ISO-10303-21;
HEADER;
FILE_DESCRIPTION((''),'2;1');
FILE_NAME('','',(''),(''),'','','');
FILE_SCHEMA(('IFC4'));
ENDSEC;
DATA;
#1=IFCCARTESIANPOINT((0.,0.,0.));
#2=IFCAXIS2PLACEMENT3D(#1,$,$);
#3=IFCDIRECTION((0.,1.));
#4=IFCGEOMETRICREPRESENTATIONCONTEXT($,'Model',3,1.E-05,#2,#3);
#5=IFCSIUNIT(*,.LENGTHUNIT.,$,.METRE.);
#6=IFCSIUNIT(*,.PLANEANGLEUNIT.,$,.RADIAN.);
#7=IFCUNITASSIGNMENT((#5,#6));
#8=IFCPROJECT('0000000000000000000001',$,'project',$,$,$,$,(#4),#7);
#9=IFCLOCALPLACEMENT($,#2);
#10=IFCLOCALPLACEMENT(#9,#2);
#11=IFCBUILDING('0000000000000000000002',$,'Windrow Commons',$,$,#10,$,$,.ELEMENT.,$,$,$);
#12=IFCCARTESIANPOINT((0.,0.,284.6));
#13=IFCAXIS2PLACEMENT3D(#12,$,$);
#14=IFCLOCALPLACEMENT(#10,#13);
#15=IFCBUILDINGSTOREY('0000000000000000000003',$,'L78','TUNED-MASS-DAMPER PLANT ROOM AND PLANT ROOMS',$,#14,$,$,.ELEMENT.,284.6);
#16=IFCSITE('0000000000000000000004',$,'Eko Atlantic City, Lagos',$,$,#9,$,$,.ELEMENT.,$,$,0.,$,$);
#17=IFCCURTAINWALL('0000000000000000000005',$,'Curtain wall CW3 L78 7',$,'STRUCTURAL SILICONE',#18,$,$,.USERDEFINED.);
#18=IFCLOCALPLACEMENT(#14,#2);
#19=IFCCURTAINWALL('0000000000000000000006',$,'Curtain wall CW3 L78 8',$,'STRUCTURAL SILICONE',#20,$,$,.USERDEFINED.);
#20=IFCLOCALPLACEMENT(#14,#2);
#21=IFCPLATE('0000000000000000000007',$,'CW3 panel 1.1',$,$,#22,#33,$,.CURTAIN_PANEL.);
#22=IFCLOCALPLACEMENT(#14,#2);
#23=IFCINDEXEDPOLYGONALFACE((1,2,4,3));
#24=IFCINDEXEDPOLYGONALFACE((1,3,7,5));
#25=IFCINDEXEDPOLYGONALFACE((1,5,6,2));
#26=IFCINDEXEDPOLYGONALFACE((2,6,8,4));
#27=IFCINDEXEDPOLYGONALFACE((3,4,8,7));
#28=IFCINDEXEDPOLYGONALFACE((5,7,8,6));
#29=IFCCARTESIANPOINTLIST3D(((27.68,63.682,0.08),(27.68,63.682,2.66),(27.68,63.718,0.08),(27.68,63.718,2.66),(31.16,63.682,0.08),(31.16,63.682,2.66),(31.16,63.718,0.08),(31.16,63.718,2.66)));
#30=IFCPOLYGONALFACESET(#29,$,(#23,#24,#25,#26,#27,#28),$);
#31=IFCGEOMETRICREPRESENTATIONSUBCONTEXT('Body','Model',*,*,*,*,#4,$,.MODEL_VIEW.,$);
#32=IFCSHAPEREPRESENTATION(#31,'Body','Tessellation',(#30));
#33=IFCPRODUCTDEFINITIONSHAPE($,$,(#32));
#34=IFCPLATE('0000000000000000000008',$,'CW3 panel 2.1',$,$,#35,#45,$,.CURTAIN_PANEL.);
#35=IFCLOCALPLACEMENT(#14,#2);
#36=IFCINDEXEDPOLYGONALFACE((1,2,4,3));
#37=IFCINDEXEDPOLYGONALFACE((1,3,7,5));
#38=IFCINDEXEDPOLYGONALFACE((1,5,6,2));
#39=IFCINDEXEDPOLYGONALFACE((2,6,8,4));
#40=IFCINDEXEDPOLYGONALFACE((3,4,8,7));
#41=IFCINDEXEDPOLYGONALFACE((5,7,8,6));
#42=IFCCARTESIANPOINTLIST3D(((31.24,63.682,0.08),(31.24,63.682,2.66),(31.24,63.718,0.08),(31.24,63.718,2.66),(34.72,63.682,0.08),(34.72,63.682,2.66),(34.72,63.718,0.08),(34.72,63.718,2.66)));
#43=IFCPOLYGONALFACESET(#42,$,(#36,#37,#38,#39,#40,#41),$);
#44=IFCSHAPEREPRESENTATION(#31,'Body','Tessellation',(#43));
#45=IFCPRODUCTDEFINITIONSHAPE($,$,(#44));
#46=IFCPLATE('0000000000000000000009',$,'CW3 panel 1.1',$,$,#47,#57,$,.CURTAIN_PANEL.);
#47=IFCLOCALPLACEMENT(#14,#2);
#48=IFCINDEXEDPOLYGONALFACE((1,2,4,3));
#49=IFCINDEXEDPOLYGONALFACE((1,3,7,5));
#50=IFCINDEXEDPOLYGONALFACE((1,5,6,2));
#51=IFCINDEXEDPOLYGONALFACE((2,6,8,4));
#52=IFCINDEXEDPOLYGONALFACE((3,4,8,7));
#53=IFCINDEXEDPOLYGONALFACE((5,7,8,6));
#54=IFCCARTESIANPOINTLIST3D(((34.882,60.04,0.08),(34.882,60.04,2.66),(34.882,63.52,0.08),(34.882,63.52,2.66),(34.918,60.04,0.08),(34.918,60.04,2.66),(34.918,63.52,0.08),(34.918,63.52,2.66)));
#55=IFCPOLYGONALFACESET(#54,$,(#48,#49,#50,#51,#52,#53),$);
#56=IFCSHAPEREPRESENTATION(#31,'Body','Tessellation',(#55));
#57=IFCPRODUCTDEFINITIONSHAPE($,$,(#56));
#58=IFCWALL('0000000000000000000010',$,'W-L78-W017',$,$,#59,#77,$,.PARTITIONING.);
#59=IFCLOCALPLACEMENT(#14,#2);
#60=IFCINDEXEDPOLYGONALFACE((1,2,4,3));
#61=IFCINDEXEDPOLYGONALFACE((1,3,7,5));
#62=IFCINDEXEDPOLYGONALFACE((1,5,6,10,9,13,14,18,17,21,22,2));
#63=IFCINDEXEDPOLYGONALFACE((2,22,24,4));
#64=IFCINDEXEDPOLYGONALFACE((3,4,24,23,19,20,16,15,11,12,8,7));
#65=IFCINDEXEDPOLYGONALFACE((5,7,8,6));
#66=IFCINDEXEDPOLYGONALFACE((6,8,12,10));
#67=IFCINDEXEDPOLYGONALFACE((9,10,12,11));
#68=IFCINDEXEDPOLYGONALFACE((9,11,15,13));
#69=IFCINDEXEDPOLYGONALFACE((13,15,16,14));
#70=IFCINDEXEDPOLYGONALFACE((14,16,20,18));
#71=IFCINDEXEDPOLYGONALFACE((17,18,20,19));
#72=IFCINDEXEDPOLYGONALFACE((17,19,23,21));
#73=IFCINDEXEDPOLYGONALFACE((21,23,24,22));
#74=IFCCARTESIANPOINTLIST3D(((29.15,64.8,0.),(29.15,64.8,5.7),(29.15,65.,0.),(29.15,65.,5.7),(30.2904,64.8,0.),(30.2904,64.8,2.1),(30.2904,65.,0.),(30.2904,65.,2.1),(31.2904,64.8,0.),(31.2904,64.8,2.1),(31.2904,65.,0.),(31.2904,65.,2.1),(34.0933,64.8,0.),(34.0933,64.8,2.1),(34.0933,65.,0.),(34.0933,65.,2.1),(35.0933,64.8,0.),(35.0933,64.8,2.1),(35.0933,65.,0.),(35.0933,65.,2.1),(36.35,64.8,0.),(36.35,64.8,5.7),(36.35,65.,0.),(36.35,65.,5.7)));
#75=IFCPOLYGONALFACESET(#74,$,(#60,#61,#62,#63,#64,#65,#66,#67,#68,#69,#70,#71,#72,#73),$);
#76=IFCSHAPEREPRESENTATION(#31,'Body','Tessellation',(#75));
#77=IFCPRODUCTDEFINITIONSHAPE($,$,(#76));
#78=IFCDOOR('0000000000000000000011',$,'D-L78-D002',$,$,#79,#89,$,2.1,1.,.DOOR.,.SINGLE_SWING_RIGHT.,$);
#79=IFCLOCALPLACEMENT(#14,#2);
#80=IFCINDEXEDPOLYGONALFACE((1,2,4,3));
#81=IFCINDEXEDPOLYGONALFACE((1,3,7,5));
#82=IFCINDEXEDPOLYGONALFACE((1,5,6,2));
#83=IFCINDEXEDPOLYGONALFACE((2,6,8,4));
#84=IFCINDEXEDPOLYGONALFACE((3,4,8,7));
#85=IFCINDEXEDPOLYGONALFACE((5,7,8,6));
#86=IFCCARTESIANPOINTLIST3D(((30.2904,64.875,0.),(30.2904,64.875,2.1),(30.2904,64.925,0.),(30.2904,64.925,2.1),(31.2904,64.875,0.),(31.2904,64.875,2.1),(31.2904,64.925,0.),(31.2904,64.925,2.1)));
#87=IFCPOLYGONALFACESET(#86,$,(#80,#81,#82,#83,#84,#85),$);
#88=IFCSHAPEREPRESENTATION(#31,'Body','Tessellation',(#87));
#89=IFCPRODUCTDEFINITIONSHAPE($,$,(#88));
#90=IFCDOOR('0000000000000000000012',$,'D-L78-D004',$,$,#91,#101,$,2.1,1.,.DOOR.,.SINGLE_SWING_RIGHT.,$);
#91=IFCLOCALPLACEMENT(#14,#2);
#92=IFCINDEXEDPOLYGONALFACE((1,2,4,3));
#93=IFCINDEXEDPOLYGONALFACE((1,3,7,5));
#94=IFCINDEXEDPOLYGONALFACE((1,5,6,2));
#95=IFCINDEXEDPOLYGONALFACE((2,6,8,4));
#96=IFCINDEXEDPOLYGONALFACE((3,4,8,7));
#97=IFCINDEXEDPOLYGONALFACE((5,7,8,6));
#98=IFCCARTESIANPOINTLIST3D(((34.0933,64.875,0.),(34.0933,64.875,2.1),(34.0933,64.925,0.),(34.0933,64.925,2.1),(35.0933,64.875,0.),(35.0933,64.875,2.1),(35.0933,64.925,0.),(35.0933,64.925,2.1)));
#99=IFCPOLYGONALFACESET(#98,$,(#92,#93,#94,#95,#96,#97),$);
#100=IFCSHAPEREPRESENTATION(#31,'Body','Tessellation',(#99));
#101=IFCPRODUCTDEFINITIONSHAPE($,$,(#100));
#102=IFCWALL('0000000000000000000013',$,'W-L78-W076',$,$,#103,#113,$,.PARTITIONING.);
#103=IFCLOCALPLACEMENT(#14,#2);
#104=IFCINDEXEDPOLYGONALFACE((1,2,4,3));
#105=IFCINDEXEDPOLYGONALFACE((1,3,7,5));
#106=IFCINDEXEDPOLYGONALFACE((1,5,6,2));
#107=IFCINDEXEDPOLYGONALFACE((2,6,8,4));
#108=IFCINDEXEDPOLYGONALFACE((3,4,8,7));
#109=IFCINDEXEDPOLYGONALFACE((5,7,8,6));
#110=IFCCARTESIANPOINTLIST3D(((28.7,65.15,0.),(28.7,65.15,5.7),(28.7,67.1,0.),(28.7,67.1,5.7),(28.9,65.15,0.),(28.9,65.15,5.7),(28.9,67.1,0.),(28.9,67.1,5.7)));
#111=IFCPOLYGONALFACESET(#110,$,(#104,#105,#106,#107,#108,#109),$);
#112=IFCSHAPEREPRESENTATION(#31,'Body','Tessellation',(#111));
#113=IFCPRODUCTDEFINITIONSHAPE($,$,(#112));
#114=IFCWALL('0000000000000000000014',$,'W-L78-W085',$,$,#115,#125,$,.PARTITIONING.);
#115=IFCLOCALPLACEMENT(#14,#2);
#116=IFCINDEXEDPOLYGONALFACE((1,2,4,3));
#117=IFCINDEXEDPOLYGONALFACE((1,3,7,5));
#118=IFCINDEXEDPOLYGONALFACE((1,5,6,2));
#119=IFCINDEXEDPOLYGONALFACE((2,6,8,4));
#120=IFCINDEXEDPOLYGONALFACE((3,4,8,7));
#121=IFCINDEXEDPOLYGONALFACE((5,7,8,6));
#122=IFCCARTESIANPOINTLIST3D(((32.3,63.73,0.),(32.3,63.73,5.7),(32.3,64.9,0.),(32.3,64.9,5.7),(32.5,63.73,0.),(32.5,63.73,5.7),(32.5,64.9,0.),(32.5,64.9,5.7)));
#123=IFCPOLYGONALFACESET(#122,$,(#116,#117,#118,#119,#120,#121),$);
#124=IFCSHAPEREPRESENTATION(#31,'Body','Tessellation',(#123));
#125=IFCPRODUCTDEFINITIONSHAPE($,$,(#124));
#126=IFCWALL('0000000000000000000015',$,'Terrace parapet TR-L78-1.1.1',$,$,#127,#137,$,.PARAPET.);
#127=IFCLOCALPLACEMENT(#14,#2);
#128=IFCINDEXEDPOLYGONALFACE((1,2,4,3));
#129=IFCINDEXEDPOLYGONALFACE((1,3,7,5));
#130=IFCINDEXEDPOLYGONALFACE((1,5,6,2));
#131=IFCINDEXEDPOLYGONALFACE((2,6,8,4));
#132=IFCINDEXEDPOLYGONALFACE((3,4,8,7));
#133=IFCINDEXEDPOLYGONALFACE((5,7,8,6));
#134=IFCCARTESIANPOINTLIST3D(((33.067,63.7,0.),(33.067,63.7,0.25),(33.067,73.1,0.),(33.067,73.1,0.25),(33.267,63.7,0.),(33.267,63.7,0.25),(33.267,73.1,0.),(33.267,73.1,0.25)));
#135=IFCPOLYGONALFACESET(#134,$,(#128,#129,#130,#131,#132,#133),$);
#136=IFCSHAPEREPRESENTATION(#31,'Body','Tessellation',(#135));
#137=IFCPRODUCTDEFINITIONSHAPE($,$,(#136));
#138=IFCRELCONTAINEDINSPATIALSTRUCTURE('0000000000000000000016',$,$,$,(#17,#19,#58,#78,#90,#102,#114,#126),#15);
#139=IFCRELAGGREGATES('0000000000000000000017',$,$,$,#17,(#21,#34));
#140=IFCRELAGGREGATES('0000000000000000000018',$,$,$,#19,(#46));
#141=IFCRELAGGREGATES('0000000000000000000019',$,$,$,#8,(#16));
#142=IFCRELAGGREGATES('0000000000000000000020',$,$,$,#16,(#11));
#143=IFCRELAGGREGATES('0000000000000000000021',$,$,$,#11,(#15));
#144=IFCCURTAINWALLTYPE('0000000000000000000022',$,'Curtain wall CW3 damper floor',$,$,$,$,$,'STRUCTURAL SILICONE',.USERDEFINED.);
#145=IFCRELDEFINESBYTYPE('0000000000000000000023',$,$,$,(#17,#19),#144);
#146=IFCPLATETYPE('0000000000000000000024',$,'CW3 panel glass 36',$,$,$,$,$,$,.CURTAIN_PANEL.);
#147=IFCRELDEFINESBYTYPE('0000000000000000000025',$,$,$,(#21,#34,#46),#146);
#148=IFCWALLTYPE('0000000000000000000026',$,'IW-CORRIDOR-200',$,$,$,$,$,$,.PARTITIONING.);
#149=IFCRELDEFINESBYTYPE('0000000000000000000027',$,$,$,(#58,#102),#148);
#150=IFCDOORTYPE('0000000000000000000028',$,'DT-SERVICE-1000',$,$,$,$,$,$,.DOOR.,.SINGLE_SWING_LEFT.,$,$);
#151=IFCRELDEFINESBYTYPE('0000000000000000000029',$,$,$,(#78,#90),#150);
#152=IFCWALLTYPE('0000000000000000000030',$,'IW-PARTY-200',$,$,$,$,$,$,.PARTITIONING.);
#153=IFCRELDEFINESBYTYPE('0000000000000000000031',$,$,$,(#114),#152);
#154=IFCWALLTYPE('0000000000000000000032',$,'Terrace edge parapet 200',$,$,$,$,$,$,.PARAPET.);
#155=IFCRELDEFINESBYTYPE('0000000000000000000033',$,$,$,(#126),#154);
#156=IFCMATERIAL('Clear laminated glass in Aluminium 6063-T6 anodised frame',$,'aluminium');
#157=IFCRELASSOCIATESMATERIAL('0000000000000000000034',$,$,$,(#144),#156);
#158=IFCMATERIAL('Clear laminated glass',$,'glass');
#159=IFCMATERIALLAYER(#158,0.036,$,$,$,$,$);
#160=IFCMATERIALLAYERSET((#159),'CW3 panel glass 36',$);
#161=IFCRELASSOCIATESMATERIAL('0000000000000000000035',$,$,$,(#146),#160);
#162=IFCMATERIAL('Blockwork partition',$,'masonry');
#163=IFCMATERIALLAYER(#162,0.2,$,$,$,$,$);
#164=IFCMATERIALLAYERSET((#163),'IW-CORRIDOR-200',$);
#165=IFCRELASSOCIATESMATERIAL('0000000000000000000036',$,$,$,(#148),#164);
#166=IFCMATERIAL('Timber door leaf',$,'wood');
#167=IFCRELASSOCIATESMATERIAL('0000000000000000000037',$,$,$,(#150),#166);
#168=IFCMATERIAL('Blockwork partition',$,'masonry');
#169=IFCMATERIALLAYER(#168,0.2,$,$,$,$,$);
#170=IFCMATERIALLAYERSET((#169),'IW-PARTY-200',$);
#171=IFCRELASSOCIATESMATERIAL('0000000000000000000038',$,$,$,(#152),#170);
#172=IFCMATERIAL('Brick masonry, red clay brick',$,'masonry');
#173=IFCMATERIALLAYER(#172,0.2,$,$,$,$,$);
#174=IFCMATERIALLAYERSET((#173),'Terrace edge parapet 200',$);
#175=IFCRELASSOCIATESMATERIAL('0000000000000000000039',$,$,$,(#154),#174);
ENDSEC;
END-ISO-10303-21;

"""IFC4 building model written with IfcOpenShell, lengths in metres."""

from ifc_helpers import new_model, si_unit, direction, frame, frame_2d, origin, origin_2d, place, context, subcontext, project, spatial, polyline, rectangle, outline, extrude, material, layer, layer_set, type_object, element, fill, aggregate, save


model = new_model("IFC4")

# Units and contexts
model_context = context("Model", 3, precision=1e-05, world=origin(), true_north=direction((0.0, 1.0)))
body_context = subcontext(model_context, "Body", "Model", "MODEL_VIEW")
ifc_project = project(units=[si_unit("LENGTHUNIT", "METRE"), si_unit("PLANEANGLEUNIT", "RADIAN")], contexts=[model_context])

# Site, building, storey
site_placement = place(None, origin())
site = spatial("IfcSite", under=ifc_project, at=site_placement, Name="Eko Atlantic City, Lagos", CompositionType="ELEMENT", RefElevation=0.0)
building_placement = place(site_placement, origin())
building = spatial("IfcBuilding", under=site, at=building_placement, Name="Windrow Commons", CompositionType="ELEMENT")
storey_placement = place(building_placement, frame((0.0, 0.0, 284.6)))
storey = spatial("IfcBuildingStorey", under=building, at=storey_placement, Name="L78", Description="TUNED-MASS-DAMPER PLANT ROOM AND PLANT ROOMS", CompositionType="ELEMENT", Elevation=284.6)

# Shared definitions
ifc_material_1 = material(Name="Clear laminated glass in Aluminium 6063-T6 anodised frame", Category="aluminium")
curtain_wall_type = type_object("IfcCurtainWallType", Name="Curtain wall CW3 damper floor", ElementType="STRUCTURAL SILICONE", PredefinedType="USERDEFINED", material=ifc_material_1)
placement = place(storey_placement, origin())

# Curtain wall
curtain_wall_1 = element("IfcCurtainWall", 1, at=placement, inside=storey, type_object=curtain_wall_type, Name="Curtain wall CW3 L78 7", ObjectType="STRUCTURAL SILICONE", PredefinedType="USERDEFINED")

# Curtain wall
curtain_wall_2 = element("IfcCurtainWall", 2, at=placement, inside=storey, type_object=curtain_wall_type, Name="Curtain wall CW3 L78 8", ObjectType="STRUCTURAL SILICONE", PredefinedType="USERDEFINED")

# Plates
ifc_material_2 = material(Name="Clear laminated glass", Category="glass")
ifc_layer_1 = layer(ifc_material_2, 0.036)
ifc_layer_set_1 = layer_set([ifc_layer_1], Name="CW3 panel glass 36")
plate_type = type_object("IfcPlateType", Name="CW3 panel glass 36", PredefinedType="CURTAIN_PANEL", material=ifc_layer_set_1)
plate_1_placement = place(storey_placement, frame((29.42, 63.7, 0.08), z_axis=(0.0, 0.0, 1.0), x_axis=(1.0, 0.0, 0.0)))
plate_1 = element("IfcPlate", 3, at=plate_1_placement, type_object=plate_type, Name="CW3 panel 1.1", PredefinedType="CURTAIN_PANEL", context=body_context, shape_type="SweptSolid", body=[
    extrude(rectangle(XDim=3.48, YDim=0.036, at=origin_2d()), origin(), (0.0, 0.0, 1.0), 2.58),
])
plate_2_placement = place(storey_placement, frame((32.98, 63.7, 0.08), z_axis=(0.0, 0.0, 1.0), x_axis=(1.0, 0.0, 0.0)))
plate_2 = element("IfcPlate", 4, at=plate_2_placement, type_object=plate_type, Name="CW3 panel 2.1", PredefinedType="CURTAIN_PANEL", context=body_context, shape_type="SweptSolid", body=[
    extrude(rectangle(XDim=3.48, YDim=0.036, at=origin_2d()), origin(), (0.0, 0.0, 1.0), 2.58),
])
aggregate(curtain_wall_1, [plate_1, plate_2])
plate_3_placement = place(storey_placement, frame((34.9, 61.78, 0.08), z_axis=(0.0, 0.0, 1.0), x_axis=(0.0, -1.0, 0.0)))
plate_3 = element("IfcPlate", 5, at=plate_3_placement, type_object=plate_type, Name="CW3 panel 1.1", PredefinedType="CURTAIN_PANEL", context=body_context, shape_type="SweptSolid", body=[
    extrude(rectangle(XDim=3.48, YDim=0.036, at=origin_2d()), origin(), (0.0, 0.0, 1.0), 2.58),
])
aggregate(curtain_wall_2, [plate_3])

# Wall, openings, doors
ifc_material_3 = material(Name="Blockwork partition", Category="masonry")
ifc_layer_2 = layer(ifc_material_3, 0.2)
ifc_layer_set_2 = layer_set([ifc_layer_2], Name="IW-CORRIDOR-200")
wall_type_1 = type_object("IfcWallType", Name="IW-CORRIDOR-200", PredefinedType="PARTITIONING", material=ifc_layer_set_2)
wall_1_placement = place(storey_placement, frame((29.15, 64.9, 0.0), z_axis=(0.0, 0.0, 1.0), x_axis=(1.0, 0.0, 0.0)))
wall_1 = element("IfcWall", 6, at=wall_1_placement, inside=storey, type_object=wall_type_1, Name="W-L78-W017", PredefinedType="PARTITIONING", context=body_context, shape_type="SweptSolid", body=[
    extrude(rectangle(XDim=7.2, YDim=0.2, at=frame_2d((3.6, 0.0))), origin(), (0.0, 0.0, 1.0), 5.7),
])
opening_1_placement = place(wall_1_placement, frame((1.1404, 0.0, 0.0)))
opening_1 = element("IfcOpeningElement", 7, at=opening_1_placement, cuts=wall_1, PredefinedType="OPENING", context=body_context, shape_type="SweptSolid", body=[
    extrude(rectangle(XDim=1.0, YDim=2.1, at=frame_2d((0.5, 1.05))), frame((0.0, 0.11, 0.0), z_axis=(0.0, -1.0, 0.0), x_axis=(1.0, 0.0, 0.0)), (0.0, 0.0, 1.0), 0.22),
])
opening_2_placement = place(wall_1_placement, frame((4.9433, 0.0, 0.0)))
opening_2 = element("IfcOpeningElement", 8, at=opening_2_placement, cuts=wall_1, PredefinedType="OPENING", context=body_context, shape_type="SweptSolid", body=[
    extrude(rectangle(XDim=1.0, YDim=2.1, at=frame_2d((0.5, 1.05))), frame((0.0, 0.11, 0.0), z_axis=(0.0, -1.0, 0.0), x_axis=(1.0, 0.0, 0.0)), (0.0, 0.0, 1.0), 0.22),
])
ifc_material_4 = material(Name="Timber door leaf", Category="wood")
door_type = type_object("IfcDoorType", Name="DT-SERVICE-1000", OperationType="SINGLE_SWING_LEFT", PredefinedType="DOOR", material=ifc_material_4)
door_1_placement = place(opening_1_placement, origin())
door_1 = element("IfcDoor", 9, at=door_1_placement, inside=storey, type_object=door_type, Name="D-L78-D002", OperationType="SINGLE_SWING_RIGHT", OverallHeight=2.1, OverallWidth=1.0, PredefinedType="DOOR", context=body_context, shape_type="SweptSolid", body=[
    extrude(rectangle(XDim=1.0, YDim=2.1, at=frame_2d((0.5, 1.05))), frame((0.0, 0.025, 0.0), z_axis=(0.0, -1.0, 0.0), x_axis=(1.0, 0.0, 0.0)), (0.0, 0.0, 1.0), 0.05),
])
fill(opening_1, door_1)
door_2_placement = place(opening_2_placement, origin())
door_2 = element("IfcDoor", 10, at=door_2_placement, inside=storey, type_object=door_type, Name="D-L78-D004", OperationType="SINGLE_SWING_RIGHT", OverallHeight=2.1, OverallWidth=1.0, PredefinedType="DOOR", context=body_context, shape_type="SweptSolid", body=[
    extrude(rectangle(XDim=1.0, YDim=2.1, at=frame_2d((0.5, 1.05))), frame((0.0, 0.025, 0.0), z_axis=(0.0, -1.0, 0.0), x_axis=(1.0, 0.0, 0.0)), (0.0, 0.0, 1.0), 0.05),
])
fill(opening_2, door_2)

# Walls
wall_2_placement = place(storey_placement, frame((28.8, 65.15, 0.0), z_axis=(0.0, 0.0, 1.0), x_axis=(0.0, 1.0, 0.0)))
element("IfcWall", 11, at=wall_2_placement, inside=storey, type_object=wall_type_1, Name="W-L78-W076", PredefinedType="PARTITIONING", context=body_context, shape_type="SweptSolid", body=[
    extrude(rectangle(XDim=1.95, YDim=0.2, at=frame_2d((0.975, 0.0))), origin(), (0.0, 0.0, 1.0), 5.7),
])
ifc_material_5 = material(Name="Blockwork partition", Category="masonry")
ifc_layer_3 = layer(ifc_material_5, 0.2)
ifc_layer_set_3 = layer_set([ifc_layer_3], Name="IW-PARTY-200")
wall_type_2 = type_object("IfcWallType", Name="IW-PARTY-200", PredefinedType="PARTITIONING", material=ifc_layer_set_3)
wall_3_placement = place(storey_placement, frame((32.4, 63.73, 0.0), z_axis=(0.0, 0.0, 1.0), x_axis=(0.0, 1.0, 0.0)))
element("IfcWall", 12, at=wall_3_placement, inside=storey, type_object=wall_type_2, Name="W-L78-W085", PredefinedType="PARTITIONING", context=body_context, shape_type="SweptSolid", body=[
    extrude(rectangle(XDim=1.17, YDim=0.2, at=frame_2d((0.585, 0.0))), origin(), (0.0, 0.0, 1.0), 5.7),
])
ifc_material_6 = material(Name="Brick masonry, red clay brick", Category="masonry")
ifc_layer_4 = layer(ifc_material_6, 0.2)
ifc_layer_set_4 = layer_set([ifc_layer_4], Name="Terrace edge parapet 200")
wall_type_3 = type_object("IfcWallType", Name="Terrace edge parapet 200", PredefinedType="PARAPET", material=ifc_layer_set_4)
wall_4_placement = place(storey_placement, frame((33.167, 63.7, 0.0), z_axis=(0.0, 0.0, 1.0), x_axis=(0.0, 1.0, 0.0)))
element("IfcWall", 13, at=wall_4_placement, inside=storey, type_object=wall_type_3, Name="Terrace parapet TR-L78-1.1.1", PredefinedType="PARAPET", context=body_context, shape_type="SweptSolid", body=[
    extrude(outline(polyline([(0.0, -0.1), (9.4, -0.1), (9.4, 0.1), (0.0, 0.1), (0.0, -0.1)])), origin(), (0.0, 0.0, 1.0), 0.25),
])

save(model, "model.ifc")
